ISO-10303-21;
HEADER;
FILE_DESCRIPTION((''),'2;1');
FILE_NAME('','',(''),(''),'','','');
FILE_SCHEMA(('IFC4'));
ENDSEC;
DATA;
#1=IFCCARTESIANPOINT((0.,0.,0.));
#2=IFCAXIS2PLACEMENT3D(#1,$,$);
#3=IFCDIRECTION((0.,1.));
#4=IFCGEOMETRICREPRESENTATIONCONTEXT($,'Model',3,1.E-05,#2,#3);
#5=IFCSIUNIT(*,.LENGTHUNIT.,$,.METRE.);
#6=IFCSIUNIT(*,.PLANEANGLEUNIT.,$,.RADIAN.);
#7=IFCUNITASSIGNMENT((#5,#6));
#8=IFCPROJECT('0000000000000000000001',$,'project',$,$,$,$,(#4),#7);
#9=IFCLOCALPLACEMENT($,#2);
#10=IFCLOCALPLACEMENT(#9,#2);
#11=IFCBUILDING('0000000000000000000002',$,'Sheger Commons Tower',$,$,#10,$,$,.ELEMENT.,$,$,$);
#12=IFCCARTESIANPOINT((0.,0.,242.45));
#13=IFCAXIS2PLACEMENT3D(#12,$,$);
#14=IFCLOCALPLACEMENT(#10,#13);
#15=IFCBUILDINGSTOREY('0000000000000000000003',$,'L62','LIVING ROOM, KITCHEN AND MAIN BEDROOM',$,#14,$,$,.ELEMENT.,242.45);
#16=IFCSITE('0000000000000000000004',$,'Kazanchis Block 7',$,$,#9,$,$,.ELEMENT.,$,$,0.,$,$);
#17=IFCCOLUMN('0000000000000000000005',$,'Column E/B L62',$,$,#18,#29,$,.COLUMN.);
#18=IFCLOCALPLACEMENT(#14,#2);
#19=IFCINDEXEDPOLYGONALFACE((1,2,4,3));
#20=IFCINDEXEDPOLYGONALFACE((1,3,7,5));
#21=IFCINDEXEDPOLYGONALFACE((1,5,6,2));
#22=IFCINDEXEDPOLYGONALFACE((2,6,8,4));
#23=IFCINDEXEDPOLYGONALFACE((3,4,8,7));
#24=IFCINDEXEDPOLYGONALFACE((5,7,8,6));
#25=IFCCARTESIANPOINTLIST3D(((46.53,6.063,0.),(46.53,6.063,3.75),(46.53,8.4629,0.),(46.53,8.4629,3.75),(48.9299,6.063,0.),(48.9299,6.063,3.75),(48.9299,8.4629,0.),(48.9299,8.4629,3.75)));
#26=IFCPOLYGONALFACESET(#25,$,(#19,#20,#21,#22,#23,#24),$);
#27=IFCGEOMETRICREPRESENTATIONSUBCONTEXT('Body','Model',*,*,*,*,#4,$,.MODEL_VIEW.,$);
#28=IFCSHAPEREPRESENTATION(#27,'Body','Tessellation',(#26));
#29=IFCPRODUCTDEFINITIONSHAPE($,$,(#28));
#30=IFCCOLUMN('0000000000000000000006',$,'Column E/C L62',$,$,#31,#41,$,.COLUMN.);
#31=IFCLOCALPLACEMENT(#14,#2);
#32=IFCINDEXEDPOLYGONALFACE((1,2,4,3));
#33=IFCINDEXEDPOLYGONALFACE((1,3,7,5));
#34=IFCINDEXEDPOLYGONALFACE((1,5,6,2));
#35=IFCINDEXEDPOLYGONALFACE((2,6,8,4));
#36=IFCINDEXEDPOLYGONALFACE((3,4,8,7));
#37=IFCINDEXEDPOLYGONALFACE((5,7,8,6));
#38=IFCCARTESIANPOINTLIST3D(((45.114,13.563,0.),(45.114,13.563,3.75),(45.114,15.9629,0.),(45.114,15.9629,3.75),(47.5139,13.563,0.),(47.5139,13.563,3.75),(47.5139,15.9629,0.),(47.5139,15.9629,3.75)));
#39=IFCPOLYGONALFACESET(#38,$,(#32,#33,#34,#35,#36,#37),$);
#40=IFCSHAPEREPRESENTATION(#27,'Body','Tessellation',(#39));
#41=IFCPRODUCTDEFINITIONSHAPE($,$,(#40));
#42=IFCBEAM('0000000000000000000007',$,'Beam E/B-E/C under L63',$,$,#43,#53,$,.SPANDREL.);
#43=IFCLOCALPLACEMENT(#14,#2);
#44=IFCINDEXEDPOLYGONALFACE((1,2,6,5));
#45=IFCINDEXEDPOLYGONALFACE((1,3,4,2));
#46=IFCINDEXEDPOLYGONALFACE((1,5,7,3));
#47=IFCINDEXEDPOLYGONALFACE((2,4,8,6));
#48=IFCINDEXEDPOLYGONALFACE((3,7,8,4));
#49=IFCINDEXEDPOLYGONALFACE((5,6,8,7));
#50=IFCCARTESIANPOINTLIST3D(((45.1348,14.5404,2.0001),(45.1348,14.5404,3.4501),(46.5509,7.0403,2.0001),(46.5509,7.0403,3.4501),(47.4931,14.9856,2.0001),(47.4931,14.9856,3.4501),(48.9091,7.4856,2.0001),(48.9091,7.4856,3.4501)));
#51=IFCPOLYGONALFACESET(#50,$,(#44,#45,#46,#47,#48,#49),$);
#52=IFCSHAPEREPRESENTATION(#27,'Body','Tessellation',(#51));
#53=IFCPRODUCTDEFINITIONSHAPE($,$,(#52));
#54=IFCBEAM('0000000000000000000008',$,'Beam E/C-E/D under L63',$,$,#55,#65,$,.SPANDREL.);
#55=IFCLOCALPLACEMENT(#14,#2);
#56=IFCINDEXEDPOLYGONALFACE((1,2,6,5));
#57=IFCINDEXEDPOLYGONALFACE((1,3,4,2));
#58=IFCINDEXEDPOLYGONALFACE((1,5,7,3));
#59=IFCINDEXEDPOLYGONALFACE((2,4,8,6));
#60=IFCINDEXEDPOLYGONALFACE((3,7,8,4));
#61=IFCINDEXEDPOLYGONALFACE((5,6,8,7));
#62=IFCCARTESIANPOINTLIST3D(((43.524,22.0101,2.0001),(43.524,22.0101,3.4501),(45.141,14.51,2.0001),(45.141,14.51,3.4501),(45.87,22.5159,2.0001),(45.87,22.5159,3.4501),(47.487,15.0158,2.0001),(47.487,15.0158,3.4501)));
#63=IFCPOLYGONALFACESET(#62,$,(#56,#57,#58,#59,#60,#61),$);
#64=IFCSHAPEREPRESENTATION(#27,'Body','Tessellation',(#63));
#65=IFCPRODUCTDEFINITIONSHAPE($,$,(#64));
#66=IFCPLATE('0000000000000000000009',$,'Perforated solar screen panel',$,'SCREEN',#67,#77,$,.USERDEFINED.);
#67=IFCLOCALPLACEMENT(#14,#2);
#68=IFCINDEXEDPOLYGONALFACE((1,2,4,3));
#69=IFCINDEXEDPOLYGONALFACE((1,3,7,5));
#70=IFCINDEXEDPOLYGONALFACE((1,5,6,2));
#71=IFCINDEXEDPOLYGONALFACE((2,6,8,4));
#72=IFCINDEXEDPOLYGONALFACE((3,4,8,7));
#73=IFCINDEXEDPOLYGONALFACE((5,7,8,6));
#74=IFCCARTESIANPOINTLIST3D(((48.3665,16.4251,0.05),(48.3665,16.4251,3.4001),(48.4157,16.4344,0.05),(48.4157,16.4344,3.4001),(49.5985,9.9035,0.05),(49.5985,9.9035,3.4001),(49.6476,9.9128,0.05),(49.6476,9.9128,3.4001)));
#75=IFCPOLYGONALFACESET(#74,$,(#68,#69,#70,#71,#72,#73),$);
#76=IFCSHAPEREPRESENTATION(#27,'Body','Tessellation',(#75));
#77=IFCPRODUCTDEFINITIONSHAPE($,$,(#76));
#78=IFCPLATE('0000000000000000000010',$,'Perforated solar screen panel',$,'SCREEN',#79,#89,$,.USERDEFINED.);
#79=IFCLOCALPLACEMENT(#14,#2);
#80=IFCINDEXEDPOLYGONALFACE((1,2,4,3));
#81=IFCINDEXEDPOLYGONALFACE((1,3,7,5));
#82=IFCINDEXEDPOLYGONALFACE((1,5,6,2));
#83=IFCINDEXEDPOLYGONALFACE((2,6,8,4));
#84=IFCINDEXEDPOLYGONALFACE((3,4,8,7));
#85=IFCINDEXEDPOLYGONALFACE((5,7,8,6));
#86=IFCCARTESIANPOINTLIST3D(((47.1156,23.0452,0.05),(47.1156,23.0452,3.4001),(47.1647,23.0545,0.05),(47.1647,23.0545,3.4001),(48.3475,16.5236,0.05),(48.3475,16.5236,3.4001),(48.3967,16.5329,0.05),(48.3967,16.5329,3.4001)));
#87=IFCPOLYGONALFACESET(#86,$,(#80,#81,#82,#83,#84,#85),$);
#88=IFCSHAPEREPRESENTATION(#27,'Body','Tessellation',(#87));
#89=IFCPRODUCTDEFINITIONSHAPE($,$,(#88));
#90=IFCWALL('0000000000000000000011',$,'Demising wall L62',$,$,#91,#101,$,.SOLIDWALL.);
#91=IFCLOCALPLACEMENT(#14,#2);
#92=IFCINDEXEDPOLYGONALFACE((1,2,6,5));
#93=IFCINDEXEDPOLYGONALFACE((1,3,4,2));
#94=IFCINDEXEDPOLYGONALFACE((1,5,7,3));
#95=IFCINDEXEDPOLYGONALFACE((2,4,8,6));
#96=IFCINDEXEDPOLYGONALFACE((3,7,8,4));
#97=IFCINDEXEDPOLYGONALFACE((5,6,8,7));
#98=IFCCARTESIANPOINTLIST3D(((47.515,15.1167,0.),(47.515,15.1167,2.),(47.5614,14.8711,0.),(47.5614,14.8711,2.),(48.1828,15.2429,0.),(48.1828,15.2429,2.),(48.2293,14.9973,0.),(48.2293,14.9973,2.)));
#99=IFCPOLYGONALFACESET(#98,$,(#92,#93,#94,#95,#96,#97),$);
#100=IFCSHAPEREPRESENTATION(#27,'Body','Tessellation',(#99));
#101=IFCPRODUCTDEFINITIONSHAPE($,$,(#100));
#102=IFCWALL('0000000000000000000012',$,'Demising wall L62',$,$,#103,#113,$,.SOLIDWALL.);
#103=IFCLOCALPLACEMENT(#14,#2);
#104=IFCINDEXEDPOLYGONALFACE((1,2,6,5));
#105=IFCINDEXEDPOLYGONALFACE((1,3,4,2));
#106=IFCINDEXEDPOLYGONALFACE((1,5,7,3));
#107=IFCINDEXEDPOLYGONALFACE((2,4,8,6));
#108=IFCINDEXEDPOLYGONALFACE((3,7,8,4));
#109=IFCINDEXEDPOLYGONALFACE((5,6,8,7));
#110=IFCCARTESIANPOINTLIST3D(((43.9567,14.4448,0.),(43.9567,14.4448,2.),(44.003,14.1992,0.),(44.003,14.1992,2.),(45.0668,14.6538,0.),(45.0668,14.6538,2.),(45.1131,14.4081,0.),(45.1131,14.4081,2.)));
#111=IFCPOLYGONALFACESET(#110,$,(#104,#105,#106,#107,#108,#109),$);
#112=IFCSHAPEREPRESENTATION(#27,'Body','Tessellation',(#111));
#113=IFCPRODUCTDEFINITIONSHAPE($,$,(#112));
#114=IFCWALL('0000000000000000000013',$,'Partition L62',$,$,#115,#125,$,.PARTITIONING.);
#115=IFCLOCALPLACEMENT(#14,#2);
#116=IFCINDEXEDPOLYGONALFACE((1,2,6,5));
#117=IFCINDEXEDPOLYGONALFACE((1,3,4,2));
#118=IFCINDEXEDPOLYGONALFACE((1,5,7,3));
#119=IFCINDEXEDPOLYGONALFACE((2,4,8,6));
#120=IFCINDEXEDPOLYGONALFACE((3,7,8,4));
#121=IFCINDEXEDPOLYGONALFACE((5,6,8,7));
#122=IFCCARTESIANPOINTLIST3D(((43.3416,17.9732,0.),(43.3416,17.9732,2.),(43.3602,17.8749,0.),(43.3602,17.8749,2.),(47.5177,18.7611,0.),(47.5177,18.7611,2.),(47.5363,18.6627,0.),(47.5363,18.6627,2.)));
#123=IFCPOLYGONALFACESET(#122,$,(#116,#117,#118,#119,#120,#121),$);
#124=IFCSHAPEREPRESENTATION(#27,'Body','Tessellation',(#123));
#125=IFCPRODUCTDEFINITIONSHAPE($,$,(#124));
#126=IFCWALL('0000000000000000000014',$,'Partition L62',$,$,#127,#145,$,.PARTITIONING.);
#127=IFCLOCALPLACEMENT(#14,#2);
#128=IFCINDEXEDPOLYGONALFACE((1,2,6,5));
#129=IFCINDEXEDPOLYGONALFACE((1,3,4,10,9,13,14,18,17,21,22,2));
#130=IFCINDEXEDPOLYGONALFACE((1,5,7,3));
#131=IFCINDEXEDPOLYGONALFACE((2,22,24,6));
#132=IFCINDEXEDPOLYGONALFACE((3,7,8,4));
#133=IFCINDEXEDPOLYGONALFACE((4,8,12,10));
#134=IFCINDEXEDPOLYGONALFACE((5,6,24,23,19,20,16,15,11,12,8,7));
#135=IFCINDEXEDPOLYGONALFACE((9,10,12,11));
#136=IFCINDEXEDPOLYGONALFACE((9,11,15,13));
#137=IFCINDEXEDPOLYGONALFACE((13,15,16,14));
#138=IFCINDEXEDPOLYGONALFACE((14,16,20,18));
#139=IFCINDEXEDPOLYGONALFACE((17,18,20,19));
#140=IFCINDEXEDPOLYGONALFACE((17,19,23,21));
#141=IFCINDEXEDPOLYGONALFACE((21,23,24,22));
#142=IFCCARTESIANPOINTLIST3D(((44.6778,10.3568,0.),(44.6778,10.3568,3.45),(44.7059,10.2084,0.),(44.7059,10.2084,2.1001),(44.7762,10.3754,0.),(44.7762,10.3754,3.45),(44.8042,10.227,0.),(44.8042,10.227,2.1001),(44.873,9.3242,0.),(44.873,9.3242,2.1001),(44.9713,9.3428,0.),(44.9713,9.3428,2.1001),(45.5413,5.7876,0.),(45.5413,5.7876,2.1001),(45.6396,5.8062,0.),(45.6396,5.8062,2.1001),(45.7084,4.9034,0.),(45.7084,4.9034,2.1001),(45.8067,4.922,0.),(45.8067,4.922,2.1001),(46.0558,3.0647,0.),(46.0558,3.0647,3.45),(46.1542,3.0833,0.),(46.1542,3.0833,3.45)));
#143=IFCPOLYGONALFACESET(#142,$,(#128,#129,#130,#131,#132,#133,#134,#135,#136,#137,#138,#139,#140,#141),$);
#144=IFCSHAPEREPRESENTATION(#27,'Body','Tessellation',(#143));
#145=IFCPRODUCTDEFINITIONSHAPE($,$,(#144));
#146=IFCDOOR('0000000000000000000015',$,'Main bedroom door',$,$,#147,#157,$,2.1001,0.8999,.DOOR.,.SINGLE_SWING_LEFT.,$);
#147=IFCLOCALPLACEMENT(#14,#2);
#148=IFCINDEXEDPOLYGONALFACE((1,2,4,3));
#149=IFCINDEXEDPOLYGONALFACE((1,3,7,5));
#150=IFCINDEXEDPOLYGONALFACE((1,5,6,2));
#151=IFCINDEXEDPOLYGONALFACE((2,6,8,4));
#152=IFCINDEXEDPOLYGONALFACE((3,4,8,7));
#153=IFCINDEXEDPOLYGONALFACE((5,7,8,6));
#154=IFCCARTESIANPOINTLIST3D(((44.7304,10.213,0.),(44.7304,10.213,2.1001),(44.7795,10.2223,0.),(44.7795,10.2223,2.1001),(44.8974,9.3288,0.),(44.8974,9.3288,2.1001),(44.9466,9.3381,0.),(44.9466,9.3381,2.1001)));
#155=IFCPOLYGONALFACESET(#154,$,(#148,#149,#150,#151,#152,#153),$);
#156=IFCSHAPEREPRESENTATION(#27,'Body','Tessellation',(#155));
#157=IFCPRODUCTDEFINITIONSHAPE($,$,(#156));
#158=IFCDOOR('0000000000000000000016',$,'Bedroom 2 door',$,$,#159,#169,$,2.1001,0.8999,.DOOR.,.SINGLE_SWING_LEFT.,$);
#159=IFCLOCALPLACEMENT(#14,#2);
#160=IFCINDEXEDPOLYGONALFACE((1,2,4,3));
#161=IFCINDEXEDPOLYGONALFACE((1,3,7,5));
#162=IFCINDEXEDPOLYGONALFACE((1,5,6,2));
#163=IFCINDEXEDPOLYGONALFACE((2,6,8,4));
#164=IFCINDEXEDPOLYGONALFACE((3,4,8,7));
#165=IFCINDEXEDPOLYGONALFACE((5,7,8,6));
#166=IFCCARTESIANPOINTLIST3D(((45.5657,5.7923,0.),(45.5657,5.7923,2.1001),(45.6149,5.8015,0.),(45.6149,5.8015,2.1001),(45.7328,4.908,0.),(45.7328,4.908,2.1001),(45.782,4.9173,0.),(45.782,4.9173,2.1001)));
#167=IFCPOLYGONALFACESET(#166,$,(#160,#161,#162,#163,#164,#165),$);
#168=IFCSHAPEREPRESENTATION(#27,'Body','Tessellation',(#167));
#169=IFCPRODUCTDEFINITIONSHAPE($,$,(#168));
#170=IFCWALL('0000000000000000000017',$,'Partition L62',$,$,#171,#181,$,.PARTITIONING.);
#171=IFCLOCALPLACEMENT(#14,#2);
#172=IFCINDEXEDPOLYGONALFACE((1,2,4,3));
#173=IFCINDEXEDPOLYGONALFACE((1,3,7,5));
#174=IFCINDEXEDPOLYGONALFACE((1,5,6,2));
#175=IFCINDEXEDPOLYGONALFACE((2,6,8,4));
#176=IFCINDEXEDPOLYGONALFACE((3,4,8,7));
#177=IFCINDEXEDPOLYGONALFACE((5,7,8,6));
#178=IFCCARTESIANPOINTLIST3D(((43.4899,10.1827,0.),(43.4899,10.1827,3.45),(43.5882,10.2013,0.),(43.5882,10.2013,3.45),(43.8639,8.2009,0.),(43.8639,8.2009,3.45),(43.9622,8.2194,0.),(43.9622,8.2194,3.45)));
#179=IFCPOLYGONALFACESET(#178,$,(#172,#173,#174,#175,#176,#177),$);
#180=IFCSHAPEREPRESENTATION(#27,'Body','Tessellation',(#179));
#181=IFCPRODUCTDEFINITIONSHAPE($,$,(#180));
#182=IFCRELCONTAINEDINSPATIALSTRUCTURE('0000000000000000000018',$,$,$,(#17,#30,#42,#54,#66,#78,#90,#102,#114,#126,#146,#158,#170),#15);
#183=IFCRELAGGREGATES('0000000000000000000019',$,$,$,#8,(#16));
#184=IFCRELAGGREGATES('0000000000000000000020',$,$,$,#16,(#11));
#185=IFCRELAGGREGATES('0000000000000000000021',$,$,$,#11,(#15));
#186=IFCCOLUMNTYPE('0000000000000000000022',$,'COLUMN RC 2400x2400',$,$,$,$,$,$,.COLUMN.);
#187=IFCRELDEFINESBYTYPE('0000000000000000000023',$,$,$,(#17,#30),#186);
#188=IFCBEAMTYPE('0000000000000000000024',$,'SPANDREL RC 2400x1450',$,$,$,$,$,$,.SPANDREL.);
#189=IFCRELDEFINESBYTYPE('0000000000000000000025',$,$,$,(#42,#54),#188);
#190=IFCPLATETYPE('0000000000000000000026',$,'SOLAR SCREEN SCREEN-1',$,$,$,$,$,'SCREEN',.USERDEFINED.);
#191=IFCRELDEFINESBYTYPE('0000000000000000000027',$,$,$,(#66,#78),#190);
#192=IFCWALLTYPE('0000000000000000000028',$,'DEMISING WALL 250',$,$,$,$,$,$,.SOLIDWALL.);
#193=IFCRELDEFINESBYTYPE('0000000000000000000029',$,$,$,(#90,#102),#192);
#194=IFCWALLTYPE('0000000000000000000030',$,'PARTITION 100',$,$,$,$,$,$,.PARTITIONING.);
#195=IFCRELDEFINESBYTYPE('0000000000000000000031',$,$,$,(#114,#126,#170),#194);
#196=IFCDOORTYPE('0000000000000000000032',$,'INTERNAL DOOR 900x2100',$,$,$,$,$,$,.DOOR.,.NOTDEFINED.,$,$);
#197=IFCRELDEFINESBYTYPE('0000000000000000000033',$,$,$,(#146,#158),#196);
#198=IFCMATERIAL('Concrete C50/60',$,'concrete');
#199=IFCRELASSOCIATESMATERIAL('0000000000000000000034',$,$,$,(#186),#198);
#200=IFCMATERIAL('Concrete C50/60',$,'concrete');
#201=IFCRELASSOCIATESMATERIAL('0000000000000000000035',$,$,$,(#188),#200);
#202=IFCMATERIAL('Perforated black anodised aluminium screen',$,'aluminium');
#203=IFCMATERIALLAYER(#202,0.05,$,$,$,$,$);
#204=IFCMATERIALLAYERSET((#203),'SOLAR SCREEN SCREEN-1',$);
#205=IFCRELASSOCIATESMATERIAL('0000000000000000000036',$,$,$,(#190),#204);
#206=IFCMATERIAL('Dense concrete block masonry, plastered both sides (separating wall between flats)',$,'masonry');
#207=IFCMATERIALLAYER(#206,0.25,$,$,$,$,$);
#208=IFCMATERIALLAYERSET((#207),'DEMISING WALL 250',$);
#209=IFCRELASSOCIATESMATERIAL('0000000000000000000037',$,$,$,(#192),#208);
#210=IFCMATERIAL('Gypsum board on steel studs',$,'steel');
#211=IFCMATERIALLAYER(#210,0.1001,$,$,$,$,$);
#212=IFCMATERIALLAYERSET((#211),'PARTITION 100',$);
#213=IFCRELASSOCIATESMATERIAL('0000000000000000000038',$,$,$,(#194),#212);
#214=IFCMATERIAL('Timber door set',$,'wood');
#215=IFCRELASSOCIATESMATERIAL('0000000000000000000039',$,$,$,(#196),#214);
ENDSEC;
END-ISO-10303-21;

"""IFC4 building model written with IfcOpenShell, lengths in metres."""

from ifc_helpers import new_model, si_unit, direction, frame, frame_2d, origin, origin_2d, place, context, subcontext, project, spatial, rectangle, extrude, material, layer, layer_set, material_profile, profile_set, type_object, element, fill, save


model = new_model("IFC4")

# Units and contexts
model_context = context("Model", 3, precision=1e-05, world=origin(), true_north=direction((0.0, 1.0)))
body_context = subcontext(model_context, "Body", "Model", "MODEL_VIEW")
ifc_project = project(units=[si_unit("LENGTHUNIT", "METRE"), si_unit("PLANEANGLEUNIT", "RADIAN")], contexts=[model_context])

# Site, building, storey
site_placement = place(None, origin())
site = spatial("IfcSite", under=ifc_project, at=site_placement, Name="Kazanchis Block 7", CompositionType="ELEMENT", RefElevation=0.0)
building_placement = place(site_placement, origin())
building = spatial("IfcBuilding", under=site, at=building_placement, Name="Sheger Commons Tower", CompositionType="ELEMENT")
storey_placement = place(building_placement, frame((0.0, 0.0, 242.45)))
storey = spatial("IfcBuildingStorey", under=building, at=storey_placement, Name="L62", Description="LIVING ROOM, KITCHEN AND MAIN BEDROOM", CompositionType="ELEMENT", Elevation=242.45)

# Columns
ifc_material_1 = material(Name="Concrete C50/60", Category="concrete")
ifc_material_profile_1 = material_profile(ifc_material_1, rectangle(XDim=2.3999, YDim=2.3999, at=origin_2d()), Name="RC 2400x2400")
ifc_profile_set_1 = profile_set([ifc_material_profile_1], Name="Concrete C50/60")
column_type = type_object("IfcColumnType", Name="COLUMN RC 2400x2400", PredefinedType="COLUMN", material=ifc_profile_set_1)
for number, where, z_axis, x_axis, name in (
    (1, (47.73, 7.2629, 0.0), (0.0, 0.0, 1.0), (1.0, 0.0, 0.0), "Column E/B L62"),
    (2, (46.314, 14.7629, 0.0), (0.0, 0.0, 1.0), (1.0, 0.0, 0.0), "Column E/C L62"),
):
    element("IfcColumn", number, at=place(storey_placement, frame(where, z_axis=z_axis, x_axis=x_axis)), inside=storey, type_object=column_type, Name=name, PredefinedType="COLUMN", context=body_context, shape_type="SweptSolid", body=[
        extrude(rectangle(XDim=2.3999, YDim=2.3999, at=origin_2d()), origin(), (0.0, 0.0, 1.0), 3.75),
    ])

# Beams
ifc_material_2 = material(Name="Concrete C50/60", Category="concrete")
ifc_material_profile_2 = material_profile(ifc_material_2, rectangle(XDim=2.3999, YDim=1.45, at=origin_2d()), Name="RC 2400x1450")
ifc_profile_set_2 = profile_set([ifc_material_profile_2], Name="Concrete C50/60")
beam_type = type_object("IfcBeamType", Name="SPANDREL RC 2400x1450", PredefinedType="SPANDREL", material=ifc_profile_set_2)
beam_1_placement = place(storey_placement, frame((47.73, 7.2629, 2.7251), z_axis=(-0.185524, 0.98264, 0.0), x_axis=(-0.98264, -0.185524, 0.0)))
element("IfcBeam", 3, at=beam_1_placement, inside=storey, type_object=beam_type, Name="Beam E/B-E/C under L63", PredefinedType="SPANDREL", context=body_context, shape_type="SweptSolid", body=[
    extrude(rectangle(XDim=2.3999, YDim=1.45, at=origin_2d()), origin(), (0.0, 0.0, 1.0), 7.6326),
])
beam_2_placement = place(storey_placement, frame((46.314, 14.7629, 2.7251), z_axis=(-0.21075, 0.97754, 0.0), x_axis=(-0.97754, -0.21075, 0.0)))
element("IfcBeam", 4, at=beam_2_placement, inside=storey, type_object=beam_type, Name="Beam E/C-E/D under L63", PredefinedType="SPANDREL", context=body_context, shape_type="SweptSolid", body=[
    extrude(rectangle(XDim=2.3999, YDim=1.45, at=origin_2d()), origin(), (0.0, 0.0, 1.0), 7.6724),
])

# Plates
ifc_material_3 = material(Name="Perforated black anodised aluminium screen", Category="aluminium")
ifc_layer_1 = layer(ifc_material_3, 0.05)
ifc_layer_set_1 = layer_set([ifc_layer_1], Name="SOLAR SCREEN SCREEN-1")
plate_type = type_object("IfcPlateType", Name="SOLAR SCREEN SCREEN-1", ElementType="SCREEN", PredefinedType="USERDEFINED", material=ifc_layer_set_1)
for number, where, z_axis, x_axis, name in (
    (5, (49.0071, 13.1689, 0.05), (0.0, 0.0, 1.0), (-0.185615, 0.982623, 0.0), "Perforated solar screen panel"),
    (6, (47.7561, 19.7891, 0.05), (0.0, 0.0, 1.0), (-0.185615, 0.982623, 0.0), "Perforated solar screen panel"),
):
    element("IfcPlate", number, at=place(storey_placement, frame(where, z_axis=z_axis, x_axis=x_axis)), inside=storey, type_object=plate_type, Name=name, ObjectType="SCREEN", PredefinedType="USERDEFINED", context=body_context, shape_type="SweptSolid", body=[
        extrude(rectangle(XDim=6.637, YDim=0.05, at=origin_2d()), origin(), (0.0, 0.0, 1.0), 3.3501),
    ])

# Walls
ifc_material_4 = material(Name="Dense concrete block masonry, plastered both sides (separating wall between flats)", Category="masonry")
ifc_layer_2 = layer(ifc_material_4, 0.25)
ifc_layer_set_2 = layer_set([ifc_layer_2], Name="DEMISING WALL 250")
wall_type_1 = type_object("IfcWallType", Name="DEMISING WALL 250", PredefinedType="SOLIDWALL", material=ifc_layer_set_2)
wall_1_placement = place(storey_placement, frame((48.2061, 15.1201, 0.0), z_axis=(0.0, 0.0, 1.0), x_axis=(-0.982611, -0.185676, 0.0)))
element("IfcWall", 7, at=wall_1_placement, inside=storey, type_object=wall_type_1, Name="Demising wall L62", PredefinedType="SOLIDWALL", context=body_context, shape_type="SweptSolid", body=[
    extrude(rectangle(XDim=0.6797, YDim=0.25, at=frame_2d((0.3398, 0.0))), origin(), (0.0, 0.0, 1.0), 2.0),
])
wall_2_placement = place(storey_placement, frame((45.0901, 14.531, 0.0), z_axis=(0.0, 0.0, 1.0), x_axis=(-0.982737, -0.185006, 0.0)))
element("IfcWall", 8, at=wall_2_placement, inside=storey, type_object=wall_type_1, Name="Demising wall L62", PredefinedType="SOLIDWALL", context=body_context, shape_type="SweptSolid", body=[
    extrude(rectangle(XDim=1.1296, YDim=0.25, at=frame_2d((0.5649, 0.0))), origin(), (0.0, 0.0, 1.0), 2.0),
])
ifc_material_5 = material(Name="Gypsum board on steel studs", Category="steel")
ifc_layer_3 = layer(ifc_material_5, 0.1001)
ifc_layer_set_3 = layer_set([ifc_layer_3], Name="PARTITION 100")
wall_type_2 = type_object("IfcWallType", Name="PARTITION 100", PredefinedType="PARTITIONING", material=ifc_layer_set_3)
wall_3_placement = place(storey_placement, frame((47.5271, 18.7119, 0.0), z_axis=(0.0, 0.0, 1.0), x_axis=(-0.982665, -0.185388, 0.0)))
element("IfcWall", 9, at=wall_3_placement, inside=storey, type_object=wall_type_2, Name="Partition L62", PredefinedType="PARTITIONING", context=body_context, shape_type="SweptSolid", body=[
    extrude(rectangle(XDim=4.2498, YDim=0.1001, at=frame_2d((2.125, 0.0))), origin(), (0.0, 0.0, 1.0), 2.0),
])

# Wall, openings, doors
wall_4_placement = place(storey_placement, frame((44.7271, 10.366, 0.0), z_axis=(0.0, 0.0, 1.0), x_axis=(0.185679, -0.98261, 0.0)))
wall_4 = element("IfcWall", 10, at=wall_4_placement, inside=storey, type_object=wall_type_2, Name="Partition L62", PredefinedType="PARTITIONING", context=body_context, shape_type="SweptSolid", body=[
    extrude(rectangle(XDim=7.4211, YDim=0.1001, at=frame_2d((3.7104, 0.0))), origin(), (0.0, 0.0, 1.0), 3.45),
])
opening_1_placement = place(wall_4_placement, frame((0.1509, 0.0, 0.0)))
opening_1 = element("IfcOpeningElement", 11, at=opening_1_placement, cuts=wall_4, PredefinedType="OPENING", context=body_context, shape_type="SweptSolid", body=[
    extrude(rectangle(XDim=0.8999, YDim=2.1001, at=frame_2d((0.45, 1.05))), frame((0.0, 0.0601, 0.0), z_axis=(0.0, -1.0, 0.0), x_axis=(1.0, 0.0, 0.0)), (0.0, 0.0, 1.0), 0.1201),
])
opening_2_placement = place(wall_4_placement, frame((4.6499, 0.0, 0.0)))
opening_2 = element("IfcOpeningElement", 12, at=opening_2_placement, cuts=wall_4, PredefinedType="OPENING", context=body_context, shape_type="SweptSolid", body=[
    extrude(rectangle(XDim=0.8999, YDim=2.1001, at=frame_2d((0.45, 1.05))), frame((0.0, 0.0601, 0.0), z_axis=(0.0, -1.0, 0.0), x_axis=(1.0, 0.0, 0.0)), (0.0, 0.0, 1.0), 0.1201),
])
ifc_material_6 = material(Name="Timber door set", Category="wood")
door_type = type_object("IfcDoorType", Name="INTERNAL DOOR 900x2100", OperationType="NOTDEFINED", PredefinedType="DOOR", material=ifc_material_6)
door_1_placement = place(opening_1_placement, origin())
door_1 = element("IfcDoor", 13, at=door_1_placement, inside=storey, type_object=door_type, Name="Main bedroom door", OperationType="SINGLE_SWING_LEFT", OverallHeight=2.1001, OverallWidth=0.8999, PredefinedType="DOOR", context=body_context, shape_type="SweptSolid", body=[
    extrude(rectangle(XDim=0.8999, YDim=2.1001, at=frame_2d((0.45, 1.05))), frame((0.0, 0.0249, 0.0), z_axis=(0.0, -1.0, 0.0), x_axis=(1.0, 0.0, 0.0)), (0.0, 0.0, 1.0), 0.05),
])
fill(opening_1, door_1)
door_2_placement = place(opening_2_placement, origin())
door_2 = element("IfcDoor", 14, at=door_2_placement, inside=storey, type_object=door_type, Name="Bedroom 2 door", OperationType="SINGLE_SWING_LEFT", OverallHeight=2.1001, OverallWidth=0.8999, PredefinedType="DOOR", context=body_context, shape_type="SweptSolid", body=[
    extrude(rectangle(XDim=0.8999, YDim=2.1001, at=frame_2d((0.45, 1.05))), frame((0.0, 0.0249, 0.0), z_axis=(0.0, -1.0, 0.0), x_axis=(1.0, 0.0, 0.0)), (0.0, 0.0, 1.0), 0.05),
])
fill(opening_2, door_2)

# Wall
wall_5_placement = place(storey_placement, frame((43.5391, 10.1919, 0.0), z_axis=(0.0, 0.0, 1.0), x_axis=(0.185443, -0.982655, 0.0)))
element("IfcWall", 15, at=wall_5_placement, inside=storey, type_object=wall_type_2, Name="Partition L62", PredefinedType="PARTITIONING", context=body_context, shape_type="SweptSolid", body=[
    extrude(rectangle(XDim=2.0168, YDim=0.1001, at=frame_2d((1.0083, 0.0))), origin(), (0.0, 0.0, 1.0), 3.45),
])

save(model, "model.ifc")
